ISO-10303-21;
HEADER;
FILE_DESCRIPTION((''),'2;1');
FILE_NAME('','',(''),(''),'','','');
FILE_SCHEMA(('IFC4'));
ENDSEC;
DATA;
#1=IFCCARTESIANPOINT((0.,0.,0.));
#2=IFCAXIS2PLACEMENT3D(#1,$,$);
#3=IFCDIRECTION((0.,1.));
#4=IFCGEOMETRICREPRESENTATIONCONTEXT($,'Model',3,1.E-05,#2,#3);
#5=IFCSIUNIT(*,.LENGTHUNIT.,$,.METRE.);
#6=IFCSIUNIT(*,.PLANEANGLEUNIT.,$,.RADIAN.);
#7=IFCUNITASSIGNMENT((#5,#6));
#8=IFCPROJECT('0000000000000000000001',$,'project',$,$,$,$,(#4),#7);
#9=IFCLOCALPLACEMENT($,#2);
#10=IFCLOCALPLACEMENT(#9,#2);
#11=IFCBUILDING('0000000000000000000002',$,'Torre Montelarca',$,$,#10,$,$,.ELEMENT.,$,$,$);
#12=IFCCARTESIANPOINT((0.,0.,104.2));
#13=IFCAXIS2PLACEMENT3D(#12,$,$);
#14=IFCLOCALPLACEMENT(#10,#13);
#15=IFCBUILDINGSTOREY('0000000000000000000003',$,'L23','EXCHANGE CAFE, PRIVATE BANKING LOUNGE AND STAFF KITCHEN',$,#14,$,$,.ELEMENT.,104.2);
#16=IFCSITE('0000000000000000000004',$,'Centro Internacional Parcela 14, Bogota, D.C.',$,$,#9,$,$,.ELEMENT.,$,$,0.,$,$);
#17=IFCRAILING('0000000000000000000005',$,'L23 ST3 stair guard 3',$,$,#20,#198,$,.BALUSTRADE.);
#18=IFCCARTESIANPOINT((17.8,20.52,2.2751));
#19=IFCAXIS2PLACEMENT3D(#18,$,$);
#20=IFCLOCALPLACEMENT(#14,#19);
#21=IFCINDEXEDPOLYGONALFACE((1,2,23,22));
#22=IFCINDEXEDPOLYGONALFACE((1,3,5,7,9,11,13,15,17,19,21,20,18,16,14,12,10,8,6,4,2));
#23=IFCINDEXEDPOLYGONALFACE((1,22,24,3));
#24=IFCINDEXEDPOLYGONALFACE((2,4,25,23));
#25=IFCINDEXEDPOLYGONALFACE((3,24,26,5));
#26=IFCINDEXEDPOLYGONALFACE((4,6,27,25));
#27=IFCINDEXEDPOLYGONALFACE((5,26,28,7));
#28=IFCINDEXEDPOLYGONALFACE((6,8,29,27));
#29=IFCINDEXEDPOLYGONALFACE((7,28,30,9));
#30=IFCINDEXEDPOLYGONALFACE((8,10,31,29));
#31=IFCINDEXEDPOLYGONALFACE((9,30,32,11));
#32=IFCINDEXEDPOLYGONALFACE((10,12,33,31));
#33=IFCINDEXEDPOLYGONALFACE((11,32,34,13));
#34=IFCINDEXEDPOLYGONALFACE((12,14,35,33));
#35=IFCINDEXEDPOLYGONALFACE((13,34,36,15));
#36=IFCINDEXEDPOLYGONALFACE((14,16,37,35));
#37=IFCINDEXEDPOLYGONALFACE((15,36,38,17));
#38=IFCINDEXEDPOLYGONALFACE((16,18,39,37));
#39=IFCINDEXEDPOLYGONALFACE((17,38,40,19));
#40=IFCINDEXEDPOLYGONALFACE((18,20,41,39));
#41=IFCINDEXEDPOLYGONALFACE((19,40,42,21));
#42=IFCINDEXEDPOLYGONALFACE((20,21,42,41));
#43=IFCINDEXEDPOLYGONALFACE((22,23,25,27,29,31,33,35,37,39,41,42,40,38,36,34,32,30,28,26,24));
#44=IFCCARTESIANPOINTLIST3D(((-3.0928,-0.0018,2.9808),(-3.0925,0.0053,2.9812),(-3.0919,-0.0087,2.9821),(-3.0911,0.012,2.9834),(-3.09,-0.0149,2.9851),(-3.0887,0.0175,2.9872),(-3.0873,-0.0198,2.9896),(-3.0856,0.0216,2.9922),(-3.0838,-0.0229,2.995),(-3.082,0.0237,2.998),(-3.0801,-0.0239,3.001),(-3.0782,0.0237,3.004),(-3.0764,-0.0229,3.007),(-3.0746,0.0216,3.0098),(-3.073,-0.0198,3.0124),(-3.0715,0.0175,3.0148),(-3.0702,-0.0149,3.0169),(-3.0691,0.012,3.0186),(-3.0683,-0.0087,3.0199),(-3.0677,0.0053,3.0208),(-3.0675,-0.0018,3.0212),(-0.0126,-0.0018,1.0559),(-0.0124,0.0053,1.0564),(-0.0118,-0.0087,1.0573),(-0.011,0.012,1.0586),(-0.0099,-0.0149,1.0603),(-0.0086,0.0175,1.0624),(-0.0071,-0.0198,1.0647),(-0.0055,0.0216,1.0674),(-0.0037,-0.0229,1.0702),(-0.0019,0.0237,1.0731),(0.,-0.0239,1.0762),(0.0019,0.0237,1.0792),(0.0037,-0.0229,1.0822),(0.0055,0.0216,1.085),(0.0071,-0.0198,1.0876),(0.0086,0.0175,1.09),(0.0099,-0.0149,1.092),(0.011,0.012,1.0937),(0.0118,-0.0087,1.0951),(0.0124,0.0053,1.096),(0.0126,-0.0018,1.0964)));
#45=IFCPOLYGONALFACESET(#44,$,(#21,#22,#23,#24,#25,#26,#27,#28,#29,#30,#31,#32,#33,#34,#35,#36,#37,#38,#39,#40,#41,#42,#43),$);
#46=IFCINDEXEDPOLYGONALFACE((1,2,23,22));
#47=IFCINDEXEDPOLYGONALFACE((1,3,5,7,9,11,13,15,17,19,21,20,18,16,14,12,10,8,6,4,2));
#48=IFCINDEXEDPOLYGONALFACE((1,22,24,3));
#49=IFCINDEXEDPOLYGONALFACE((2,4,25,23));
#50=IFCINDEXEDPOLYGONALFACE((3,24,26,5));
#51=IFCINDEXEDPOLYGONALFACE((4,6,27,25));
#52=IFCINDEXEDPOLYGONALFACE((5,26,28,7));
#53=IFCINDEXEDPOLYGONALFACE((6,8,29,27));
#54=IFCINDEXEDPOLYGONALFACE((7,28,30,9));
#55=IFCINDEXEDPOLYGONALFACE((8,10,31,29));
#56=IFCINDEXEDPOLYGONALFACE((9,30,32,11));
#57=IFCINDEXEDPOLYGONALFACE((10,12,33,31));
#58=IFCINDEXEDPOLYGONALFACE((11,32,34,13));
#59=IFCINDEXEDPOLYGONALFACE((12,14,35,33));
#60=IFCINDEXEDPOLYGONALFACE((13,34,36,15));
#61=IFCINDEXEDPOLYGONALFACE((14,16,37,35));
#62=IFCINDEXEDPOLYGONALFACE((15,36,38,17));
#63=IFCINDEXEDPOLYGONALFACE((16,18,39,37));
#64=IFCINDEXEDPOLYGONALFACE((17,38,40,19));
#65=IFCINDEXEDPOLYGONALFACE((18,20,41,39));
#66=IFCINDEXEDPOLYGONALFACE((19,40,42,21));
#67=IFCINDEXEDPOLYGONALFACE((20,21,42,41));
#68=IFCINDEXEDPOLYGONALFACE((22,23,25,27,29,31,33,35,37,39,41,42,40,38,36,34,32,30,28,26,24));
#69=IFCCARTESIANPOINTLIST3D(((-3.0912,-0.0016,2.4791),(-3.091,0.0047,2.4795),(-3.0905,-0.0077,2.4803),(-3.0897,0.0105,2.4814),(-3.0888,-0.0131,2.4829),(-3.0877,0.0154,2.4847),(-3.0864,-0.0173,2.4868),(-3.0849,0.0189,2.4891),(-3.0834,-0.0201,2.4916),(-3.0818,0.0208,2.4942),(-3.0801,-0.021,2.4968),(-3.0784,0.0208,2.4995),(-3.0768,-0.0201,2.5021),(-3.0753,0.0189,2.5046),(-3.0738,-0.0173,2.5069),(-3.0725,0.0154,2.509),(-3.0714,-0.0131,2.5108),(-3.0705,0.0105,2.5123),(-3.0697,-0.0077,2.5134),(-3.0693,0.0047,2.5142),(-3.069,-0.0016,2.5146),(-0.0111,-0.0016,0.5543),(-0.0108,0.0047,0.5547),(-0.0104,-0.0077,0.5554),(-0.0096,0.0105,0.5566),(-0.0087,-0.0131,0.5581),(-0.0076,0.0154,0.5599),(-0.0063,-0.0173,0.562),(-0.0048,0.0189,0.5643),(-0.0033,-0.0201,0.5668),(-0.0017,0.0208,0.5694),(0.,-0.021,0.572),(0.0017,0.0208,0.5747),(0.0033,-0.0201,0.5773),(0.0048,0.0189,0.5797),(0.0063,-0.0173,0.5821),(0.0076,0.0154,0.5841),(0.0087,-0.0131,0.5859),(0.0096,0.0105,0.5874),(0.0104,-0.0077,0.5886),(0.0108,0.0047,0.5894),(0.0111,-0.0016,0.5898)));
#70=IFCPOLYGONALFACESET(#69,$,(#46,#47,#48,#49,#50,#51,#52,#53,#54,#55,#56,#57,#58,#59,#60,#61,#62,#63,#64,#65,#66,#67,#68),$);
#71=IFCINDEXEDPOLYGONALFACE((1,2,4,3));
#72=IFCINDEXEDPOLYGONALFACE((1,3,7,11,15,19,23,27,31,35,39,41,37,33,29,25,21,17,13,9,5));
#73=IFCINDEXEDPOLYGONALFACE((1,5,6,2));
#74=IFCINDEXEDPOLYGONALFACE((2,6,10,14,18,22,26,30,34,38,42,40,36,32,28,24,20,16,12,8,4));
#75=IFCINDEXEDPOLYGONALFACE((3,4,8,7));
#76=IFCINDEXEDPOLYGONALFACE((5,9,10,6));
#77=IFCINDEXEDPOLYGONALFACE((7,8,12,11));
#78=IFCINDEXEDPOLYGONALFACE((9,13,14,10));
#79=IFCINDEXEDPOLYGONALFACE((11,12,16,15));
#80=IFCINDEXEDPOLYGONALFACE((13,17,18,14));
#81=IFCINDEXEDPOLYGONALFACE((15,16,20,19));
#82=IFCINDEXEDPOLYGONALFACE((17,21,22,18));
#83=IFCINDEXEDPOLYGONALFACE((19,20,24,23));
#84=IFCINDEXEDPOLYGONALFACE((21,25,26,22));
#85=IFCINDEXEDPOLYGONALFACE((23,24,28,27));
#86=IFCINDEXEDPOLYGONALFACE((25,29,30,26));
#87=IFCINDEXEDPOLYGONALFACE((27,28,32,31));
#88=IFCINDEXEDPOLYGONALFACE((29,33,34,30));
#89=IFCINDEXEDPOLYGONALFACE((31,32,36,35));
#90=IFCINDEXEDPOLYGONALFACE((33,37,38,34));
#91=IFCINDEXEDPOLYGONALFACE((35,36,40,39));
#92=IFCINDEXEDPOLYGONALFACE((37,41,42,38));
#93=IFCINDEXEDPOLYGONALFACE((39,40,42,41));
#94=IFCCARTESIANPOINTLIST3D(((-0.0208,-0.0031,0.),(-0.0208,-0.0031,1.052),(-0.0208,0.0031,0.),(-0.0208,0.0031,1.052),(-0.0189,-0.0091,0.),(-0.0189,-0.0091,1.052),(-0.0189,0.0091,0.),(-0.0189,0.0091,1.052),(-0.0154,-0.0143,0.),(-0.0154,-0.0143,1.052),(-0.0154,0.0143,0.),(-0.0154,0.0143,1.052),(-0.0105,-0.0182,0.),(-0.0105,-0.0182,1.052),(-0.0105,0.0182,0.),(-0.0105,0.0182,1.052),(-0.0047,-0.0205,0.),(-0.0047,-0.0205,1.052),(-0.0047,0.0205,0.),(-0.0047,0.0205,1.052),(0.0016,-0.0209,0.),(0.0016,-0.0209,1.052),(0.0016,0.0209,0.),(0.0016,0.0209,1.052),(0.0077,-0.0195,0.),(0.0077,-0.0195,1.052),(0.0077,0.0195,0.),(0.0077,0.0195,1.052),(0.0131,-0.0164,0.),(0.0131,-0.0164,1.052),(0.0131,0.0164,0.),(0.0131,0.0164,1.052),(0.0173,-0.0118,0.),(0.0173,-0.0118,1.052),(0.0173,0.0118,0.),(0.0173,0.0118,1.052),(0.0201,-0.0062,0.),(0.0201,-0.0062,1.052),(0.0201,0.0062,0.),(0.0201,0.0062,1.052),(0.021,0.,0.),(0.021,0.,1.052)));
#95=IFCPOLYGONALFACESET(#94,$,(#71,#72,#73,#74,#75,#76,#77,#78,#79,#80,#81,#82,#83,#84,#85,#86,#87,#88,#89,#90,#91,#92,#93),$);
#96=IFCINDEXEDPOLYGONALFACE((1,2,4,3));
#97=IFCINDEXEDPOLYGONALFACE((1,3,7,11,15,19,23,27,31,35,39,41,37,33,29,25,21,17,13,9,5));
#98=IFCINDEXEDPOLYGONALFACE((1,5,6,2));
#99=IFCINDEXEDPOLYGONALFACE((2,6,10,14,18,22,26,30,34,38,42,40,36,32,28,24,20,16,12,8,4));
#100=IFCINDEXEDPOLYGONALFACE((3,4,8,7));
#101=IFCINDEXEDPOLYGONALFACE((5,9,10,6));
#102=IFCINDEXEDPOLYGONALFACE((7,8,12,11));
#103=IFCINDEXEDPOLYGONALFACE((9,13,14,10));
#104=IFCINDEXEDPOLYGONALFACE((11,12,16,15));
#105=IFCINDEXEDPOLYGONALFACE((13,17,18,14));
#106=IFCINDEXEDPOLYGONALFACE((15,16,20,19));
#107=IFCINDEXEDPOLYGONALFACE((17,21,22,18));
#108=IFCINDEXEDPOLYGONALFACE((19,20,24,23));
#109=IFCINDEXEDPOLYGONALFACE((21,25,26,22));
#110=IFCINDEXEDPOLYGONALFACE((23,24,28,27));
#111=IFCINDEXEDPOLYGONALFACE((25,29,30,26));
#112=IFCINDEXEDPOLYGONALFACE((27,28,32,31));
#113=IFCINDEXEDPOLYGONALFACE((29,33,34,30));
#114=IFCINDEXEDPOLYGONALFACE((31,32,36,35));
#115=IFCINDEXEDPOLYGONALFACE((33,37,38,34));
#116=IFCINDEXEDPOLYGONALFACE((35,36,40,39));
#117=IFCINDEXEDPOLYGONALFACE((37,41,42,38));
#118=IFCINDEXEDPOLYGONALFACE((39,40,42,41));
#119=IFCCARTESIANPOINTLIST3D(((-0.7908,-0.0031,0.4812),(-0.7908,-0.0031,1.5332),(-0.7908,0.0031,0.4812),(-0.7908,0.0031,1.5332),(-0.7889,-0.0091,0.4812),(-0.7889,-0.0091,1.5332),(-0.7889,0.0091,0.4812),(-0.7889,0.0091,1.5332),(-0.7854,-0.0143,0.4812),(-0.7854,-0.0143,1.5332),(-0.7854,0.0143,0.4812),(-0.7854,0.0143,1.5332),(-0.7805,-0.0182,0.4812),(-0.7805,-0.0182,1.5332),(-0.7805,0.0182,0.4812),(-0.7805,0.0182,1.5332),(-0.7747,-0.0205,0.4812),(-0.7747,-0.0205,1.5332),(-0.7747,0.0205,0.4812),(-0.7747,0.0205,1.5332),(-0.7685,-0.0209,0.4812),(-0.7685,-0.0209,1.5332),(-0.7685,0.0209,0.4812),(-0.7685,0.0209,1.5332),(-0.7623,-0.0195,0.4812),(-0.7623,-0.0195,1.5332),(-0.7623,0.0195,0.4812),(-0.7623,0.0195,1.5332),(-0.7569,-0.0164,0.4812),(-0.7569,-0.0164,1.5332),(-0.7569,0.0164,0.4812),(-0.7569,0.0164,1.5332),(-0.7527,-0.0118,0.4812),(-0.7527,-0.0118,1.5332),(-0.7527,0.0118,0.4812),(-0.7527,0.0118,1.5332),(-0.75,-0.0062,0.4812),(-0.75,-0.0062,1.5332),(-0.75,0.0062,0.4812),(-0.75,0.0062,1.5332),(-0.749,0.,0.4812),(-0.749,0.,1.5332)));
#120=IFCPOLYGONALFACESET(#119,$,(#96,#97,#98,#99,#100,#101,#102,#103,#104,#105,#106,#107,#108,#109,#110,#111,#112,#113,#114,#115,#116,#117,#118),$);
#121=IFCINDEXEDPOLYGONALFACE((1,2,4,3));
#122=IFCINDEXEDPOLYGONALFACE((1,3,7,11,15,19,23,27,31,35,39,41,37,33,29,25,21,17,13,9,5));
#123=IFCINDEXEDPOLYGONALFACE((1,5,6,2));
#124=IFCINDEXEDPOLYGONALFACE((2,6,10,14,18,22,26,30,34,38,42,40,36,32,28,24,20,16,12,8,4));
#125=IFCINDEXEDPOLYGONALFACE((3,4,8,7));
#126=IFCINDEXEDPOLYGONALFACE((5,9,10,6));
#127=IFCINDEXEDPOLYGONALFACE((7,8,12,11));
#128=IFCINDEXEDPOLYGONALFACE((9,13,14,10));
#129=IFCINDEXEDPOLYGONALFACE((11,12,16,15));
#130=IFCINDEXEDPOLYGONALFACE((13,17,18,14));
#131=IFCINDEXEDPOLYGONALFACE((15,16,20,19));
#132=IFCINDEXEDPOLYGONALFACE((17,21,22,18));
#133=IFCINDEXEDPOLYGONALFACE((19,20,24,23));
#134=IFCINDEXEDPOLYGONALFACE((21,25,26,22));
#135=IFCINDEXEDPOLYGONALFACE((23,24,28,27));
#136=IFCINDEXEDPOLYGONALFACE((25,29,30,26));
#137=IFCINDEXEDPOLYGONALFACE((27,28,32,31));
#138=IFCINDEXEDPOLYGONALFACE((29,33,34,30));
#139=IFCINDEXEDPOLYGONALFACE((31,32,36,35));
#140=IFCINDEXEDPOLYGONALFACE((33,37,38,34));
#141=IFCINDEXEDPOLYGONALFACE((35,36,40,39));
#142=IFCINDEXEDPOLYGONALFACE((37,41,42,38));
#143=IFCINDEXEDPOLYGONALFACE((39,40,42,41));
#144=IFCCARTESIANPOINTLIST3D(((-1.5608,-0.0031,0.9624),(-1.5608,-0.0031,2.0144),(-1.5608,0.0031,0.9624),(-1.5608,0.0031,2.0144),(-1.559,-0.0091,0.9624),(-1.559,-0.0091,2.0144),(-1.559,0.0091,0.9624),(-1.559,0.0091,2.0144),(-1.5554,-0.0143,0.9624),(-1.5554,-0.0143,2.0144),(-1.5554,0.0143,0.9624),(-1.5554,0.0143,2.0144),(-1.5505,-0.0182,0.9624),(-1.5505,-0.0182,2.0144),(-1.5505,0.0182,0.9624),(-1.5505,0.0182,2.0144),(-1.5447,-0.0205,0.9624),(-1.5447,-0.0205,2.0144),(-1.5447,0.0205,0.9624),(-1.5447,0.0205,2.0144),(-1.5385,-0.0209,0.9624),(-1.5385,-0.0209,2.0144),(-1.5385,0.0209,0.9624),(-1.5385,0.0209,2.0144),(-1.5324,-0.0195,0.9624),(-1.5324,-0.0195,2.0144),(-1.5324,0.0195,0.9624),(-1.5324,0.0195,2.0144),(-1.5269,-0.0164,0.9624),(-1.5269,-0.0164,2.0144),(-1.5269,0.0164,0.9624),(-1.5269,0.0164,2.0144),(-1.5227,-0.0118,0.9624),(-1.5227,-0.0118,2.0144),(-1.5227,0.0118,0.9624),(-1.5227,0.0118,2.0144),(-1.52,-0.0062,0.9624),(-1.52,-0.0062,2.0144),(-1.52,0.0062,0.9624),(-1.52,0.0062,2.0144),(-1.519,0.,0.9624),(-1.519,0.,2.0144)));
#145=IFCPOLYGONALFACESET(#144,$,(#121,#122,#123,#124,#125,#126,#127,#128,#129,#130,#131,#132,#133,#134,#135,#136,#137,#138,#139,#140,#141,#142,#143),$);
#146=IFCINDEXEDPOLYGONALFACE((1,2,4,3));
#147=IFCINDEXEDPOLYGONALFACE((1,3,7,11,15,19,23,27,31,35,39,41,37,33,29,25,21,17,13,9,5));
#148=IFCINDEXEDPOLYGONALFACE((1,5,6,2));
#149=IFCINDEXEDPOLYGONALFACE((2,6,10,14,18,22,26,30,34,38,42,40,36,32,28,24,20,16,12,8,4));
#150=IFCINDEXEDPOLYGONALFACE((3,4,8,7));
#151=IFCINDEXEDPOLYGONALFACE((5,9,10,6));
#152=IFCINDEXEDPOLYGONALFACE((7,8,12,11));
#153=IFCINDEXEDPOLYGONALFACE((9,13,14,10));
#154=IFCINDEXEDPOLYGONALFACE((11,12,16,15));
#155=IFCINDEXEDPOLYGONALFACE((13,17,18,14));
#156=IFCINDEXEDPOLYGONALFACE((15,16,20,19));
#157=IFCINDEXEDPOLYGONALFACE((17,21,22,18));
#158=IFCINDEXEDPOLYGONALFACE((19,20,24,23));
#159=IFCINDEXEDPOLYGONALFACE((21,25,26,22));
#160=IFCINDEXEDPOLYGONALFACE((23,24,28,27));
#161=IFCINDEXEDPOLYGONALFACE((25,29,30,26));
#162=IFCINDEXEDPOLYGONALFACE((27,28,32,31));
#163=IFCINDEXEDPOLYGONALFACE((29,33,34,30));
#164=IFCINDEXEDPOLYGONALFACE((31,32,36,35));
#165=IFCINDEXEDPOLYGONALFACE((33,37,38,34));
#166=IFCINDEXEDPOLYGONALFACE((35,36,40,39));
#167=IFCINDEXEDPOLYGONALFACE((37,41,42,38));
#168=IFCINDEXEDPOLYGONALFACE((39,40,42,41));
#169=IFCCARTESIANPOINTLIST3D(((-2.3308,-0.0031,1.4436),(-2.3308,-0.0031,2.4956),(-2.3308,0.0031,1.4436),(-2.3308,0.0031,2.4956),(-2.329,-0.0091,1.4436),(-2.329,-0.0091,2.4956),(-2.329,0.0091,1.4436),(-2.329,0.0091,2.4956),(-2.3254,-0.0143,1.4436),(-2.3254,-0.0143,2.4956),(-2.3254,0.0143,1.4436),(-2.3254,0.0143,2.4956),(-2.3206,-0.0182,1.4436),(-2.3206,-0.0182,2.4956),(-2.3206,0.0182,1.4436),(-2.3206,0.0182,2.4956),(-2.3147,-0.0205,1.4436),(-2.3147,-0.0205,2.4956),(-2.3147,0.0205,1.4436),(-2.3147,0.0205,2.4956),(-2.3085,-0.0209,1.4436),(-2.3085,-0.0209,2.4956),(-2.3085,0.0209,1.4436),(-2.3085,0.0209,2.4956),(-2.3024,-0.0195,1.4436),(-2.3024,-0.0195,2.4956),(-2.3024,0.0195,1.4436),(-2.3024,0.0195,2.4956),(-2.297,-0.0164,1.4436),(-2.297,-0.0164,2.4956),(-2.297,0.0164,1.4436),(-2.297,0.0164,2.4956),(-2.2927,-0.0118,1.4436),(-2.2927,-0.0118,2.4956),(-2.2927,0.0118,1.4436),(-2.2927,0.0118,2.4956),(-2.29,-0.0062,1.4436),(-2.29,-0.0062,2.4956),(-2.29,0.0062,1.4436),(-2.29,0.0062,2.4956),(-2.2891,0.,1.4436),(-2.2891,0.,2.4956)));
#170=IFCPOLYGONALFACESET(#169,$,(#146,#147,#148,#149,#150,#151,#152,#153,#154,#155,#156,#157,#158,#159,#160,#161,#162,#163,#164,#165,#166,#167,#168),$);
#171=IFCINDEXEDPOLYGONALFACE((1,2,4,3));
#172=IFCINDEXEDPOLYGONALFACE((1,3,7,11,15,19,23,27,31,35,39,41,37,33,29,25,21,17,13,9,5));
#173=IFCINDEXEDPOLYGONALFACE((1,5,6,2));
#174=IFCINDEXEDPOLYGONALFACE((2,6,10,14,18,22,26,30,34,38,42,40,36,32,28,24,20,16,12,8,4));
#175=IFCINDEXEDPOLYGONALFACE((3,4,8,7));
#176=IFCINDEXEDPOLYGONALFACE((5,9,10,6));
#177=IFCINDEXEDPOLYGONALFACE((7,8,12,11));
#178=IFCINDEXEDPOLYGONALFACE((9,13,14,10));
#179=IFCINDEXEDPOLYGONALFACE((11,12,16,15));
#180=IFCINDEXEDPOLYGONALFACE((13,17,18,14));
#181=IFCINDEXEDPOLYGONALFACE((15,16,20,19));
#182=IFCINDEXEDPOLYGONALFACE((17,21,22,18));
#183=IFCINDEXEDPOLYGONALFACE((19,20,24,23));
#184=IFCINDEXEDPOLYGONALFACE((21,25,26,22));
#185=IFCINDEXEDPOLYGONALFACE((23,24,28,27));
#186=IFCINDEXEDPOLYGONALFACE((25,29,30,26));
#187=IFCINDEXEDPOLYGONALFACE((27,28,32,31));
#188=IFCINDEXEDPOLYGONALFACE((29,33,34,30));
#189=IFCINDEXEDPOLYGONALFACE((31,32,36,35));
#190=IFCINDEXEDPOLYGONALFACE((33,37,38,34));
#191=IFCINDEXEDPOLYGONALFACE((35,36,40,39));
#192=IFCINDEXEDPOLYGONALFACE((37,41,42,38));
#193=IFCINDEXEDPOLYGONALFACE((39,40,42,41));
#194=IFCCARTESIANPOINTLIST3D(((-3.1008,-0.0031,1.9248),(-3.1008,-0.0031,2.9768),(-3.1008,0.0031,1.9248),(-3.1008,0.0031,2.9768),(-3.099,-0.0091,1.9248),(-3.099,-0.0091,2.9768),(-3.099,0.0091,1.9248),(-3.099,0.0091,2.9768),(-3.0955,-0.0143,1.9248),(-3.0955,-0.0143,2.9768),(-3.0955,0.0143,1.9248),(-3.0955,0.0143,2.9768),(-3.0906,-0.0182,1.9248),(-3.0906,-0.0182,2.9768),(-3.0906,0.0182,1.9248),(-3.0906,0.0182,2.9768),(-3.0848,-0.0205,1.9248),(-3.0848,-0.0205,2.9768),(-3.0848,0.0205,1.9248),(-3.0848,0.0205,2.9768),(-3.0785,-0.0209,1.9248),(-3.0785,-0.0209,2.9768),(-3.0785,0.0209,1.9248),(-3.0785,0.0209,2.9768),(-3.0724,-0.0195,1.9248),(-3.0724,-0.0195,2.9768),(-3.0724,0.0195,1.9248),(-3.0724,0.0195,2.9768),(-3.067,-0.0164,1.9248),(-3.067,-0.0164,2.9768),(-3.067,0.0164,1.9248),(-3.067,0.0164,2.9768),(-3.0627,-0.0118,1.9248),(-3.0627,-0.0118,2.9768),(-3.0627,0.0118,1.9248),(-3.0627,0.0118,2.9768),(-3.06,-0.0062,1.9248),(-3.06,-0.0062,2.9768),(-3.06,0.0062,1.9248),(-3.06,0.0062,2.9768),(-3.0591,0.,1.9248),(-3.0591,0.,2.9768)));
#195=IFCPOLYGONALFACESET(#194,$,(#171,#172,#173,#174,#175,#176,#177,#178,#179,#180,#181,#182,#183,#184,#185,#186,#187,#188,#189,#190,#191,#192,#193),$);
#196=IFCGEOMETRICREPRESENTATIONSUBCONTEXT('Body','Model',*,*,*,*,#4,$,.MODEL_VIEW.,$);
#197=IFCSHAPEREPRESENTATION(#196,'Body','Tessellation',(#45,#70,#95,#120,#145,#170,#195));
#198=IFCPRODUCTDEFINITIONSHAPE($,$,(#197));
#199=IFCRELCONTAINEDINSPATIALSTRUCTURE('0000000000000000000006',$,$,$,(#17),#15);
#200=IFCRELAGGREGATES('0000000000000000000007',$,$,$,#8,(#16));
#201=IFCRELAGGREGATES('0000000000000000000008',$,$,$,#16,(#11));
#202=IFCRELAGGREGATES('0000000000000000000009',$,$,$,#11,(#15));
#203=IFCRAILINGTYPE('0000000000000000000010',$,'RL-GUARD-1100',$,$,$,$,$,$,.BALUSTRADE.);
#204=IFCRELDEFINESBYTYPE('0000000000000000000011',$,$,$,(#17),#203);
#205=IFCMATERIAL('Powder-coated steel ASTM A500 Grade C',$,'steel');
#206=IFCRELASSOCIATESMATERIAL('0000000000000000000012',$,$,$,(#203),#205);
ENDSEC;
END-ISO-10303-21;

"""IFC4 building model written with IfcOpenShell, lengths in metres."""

from ifc_helpers import new_model, si_unit, direction, frame, origin, origin_2d, place, context, subcontext, project, spatial, circle, extrude, material, type_object, element, save


model = new_model("IFC4")

# Units and contexts
model_context = context("Model", 3, precision=1e-05, world=origin(), true_north=direction((0.0, 1.0)))
body_context = subcontext(model_context, "Body", "Model", "MODEL_VIEW")
ifc_project = project(units=[si_unit("LENGTHUNIT", "METRE"), si_unit("PLANEANGLEUNIT", "RADIAN")], contexts=[model_context])

# Site, building, storey
site_placement = place(None, origin())
site = spatial("IfcSite", under=ifc_project, at=site_placement, Name="Centro Internacional Parcela 14, Bogota, D.C.", CompositionType="ELEMENT", RefElevation=0.0)
building_placement = place(site_placement, origin())
building = spatial("IfcBuilding", under=site, at=building_placement, Name="Torre Montelarca", CompositionType="ELEMENT")
storey_placement = place(building_placement, frame((0.0, 0.0, 104.2)))
storey = spatial("IfcBuildingStorey", under=building, at=storey_placement, Name="L23", Description="EXCHANGE CAFE, PRIVATE BANKING LOUNGE AND STAFF KITCHEN", CompositionType="ELEMENT", Elevation=104.2)

# Railing
ifc_material_1 = material(Name="Powder-coated steel ASTM A500 Grade C", Category="steel")
railing_type_1 = type_object("IfcRailingType", Name="RL-GUARD-1100", PredefinedType="BALUSTRADE", material=ifc_material_1)
railing_1_placement = place(storey_placement, frame((17.8, 20.52, 2.2751)))
element("IfcRailing", 1, at=railing_1_placement, inside=storey, type_object=railing_type_1, Name="L23 ST3 stair guard 3", PredefinedType="BALUSTRADE", context=body_context, shape_type="SweptSolid", body=[
    extrude(circle(Radius=0.0239, at=origin_2d()), frame((0.0, 0.0, 1.0762), z_axis=(-0.848029, 0.0, 0.529951), x_axis=(0.0, -1.0, 0.0)), (0.0, 0.0, 1.0), 3.6321),
    extrude(circle(Radius=0.021, at=origin_2d()), frame((0.0, 0.0, 0.572), z_axis=(-0.848029, 0.0, 0.529951), x_axis=(0.0, -1.0, 0.0)), (0.0, 0.0, 1.0), 3.6321),
    extrude(circle(Radius=0.021, at=origin_2d()), origin(), (0.0, 0.0, 1.0), 1.052),
    extrude(circle(Radius=0.021, at=origin_2d()), frame((-0.77, 0.0, 0.4812)), (0.0, 0.0, 1.0), 1.052),
    extrude(circle(Radius=0.021, at=origin_2d()), frame((-1.54, 0.0, 0.9624)), (0.0, 0.0, 1.0), 1.052),
    extrude(circle(Radius=0.021, at=origin_2d()), frame((-2.3101, 0.0, 1.4436)), (0.0, 0.0, 1.0), 1.052),
    extrude(circle(Radius=0.021, at=origin_2d()), frame((-3.0801, 0.0, 1.9248)), (0.0, 0.0, 1.0), 1.052),
])

save(model, "model.ifc")
